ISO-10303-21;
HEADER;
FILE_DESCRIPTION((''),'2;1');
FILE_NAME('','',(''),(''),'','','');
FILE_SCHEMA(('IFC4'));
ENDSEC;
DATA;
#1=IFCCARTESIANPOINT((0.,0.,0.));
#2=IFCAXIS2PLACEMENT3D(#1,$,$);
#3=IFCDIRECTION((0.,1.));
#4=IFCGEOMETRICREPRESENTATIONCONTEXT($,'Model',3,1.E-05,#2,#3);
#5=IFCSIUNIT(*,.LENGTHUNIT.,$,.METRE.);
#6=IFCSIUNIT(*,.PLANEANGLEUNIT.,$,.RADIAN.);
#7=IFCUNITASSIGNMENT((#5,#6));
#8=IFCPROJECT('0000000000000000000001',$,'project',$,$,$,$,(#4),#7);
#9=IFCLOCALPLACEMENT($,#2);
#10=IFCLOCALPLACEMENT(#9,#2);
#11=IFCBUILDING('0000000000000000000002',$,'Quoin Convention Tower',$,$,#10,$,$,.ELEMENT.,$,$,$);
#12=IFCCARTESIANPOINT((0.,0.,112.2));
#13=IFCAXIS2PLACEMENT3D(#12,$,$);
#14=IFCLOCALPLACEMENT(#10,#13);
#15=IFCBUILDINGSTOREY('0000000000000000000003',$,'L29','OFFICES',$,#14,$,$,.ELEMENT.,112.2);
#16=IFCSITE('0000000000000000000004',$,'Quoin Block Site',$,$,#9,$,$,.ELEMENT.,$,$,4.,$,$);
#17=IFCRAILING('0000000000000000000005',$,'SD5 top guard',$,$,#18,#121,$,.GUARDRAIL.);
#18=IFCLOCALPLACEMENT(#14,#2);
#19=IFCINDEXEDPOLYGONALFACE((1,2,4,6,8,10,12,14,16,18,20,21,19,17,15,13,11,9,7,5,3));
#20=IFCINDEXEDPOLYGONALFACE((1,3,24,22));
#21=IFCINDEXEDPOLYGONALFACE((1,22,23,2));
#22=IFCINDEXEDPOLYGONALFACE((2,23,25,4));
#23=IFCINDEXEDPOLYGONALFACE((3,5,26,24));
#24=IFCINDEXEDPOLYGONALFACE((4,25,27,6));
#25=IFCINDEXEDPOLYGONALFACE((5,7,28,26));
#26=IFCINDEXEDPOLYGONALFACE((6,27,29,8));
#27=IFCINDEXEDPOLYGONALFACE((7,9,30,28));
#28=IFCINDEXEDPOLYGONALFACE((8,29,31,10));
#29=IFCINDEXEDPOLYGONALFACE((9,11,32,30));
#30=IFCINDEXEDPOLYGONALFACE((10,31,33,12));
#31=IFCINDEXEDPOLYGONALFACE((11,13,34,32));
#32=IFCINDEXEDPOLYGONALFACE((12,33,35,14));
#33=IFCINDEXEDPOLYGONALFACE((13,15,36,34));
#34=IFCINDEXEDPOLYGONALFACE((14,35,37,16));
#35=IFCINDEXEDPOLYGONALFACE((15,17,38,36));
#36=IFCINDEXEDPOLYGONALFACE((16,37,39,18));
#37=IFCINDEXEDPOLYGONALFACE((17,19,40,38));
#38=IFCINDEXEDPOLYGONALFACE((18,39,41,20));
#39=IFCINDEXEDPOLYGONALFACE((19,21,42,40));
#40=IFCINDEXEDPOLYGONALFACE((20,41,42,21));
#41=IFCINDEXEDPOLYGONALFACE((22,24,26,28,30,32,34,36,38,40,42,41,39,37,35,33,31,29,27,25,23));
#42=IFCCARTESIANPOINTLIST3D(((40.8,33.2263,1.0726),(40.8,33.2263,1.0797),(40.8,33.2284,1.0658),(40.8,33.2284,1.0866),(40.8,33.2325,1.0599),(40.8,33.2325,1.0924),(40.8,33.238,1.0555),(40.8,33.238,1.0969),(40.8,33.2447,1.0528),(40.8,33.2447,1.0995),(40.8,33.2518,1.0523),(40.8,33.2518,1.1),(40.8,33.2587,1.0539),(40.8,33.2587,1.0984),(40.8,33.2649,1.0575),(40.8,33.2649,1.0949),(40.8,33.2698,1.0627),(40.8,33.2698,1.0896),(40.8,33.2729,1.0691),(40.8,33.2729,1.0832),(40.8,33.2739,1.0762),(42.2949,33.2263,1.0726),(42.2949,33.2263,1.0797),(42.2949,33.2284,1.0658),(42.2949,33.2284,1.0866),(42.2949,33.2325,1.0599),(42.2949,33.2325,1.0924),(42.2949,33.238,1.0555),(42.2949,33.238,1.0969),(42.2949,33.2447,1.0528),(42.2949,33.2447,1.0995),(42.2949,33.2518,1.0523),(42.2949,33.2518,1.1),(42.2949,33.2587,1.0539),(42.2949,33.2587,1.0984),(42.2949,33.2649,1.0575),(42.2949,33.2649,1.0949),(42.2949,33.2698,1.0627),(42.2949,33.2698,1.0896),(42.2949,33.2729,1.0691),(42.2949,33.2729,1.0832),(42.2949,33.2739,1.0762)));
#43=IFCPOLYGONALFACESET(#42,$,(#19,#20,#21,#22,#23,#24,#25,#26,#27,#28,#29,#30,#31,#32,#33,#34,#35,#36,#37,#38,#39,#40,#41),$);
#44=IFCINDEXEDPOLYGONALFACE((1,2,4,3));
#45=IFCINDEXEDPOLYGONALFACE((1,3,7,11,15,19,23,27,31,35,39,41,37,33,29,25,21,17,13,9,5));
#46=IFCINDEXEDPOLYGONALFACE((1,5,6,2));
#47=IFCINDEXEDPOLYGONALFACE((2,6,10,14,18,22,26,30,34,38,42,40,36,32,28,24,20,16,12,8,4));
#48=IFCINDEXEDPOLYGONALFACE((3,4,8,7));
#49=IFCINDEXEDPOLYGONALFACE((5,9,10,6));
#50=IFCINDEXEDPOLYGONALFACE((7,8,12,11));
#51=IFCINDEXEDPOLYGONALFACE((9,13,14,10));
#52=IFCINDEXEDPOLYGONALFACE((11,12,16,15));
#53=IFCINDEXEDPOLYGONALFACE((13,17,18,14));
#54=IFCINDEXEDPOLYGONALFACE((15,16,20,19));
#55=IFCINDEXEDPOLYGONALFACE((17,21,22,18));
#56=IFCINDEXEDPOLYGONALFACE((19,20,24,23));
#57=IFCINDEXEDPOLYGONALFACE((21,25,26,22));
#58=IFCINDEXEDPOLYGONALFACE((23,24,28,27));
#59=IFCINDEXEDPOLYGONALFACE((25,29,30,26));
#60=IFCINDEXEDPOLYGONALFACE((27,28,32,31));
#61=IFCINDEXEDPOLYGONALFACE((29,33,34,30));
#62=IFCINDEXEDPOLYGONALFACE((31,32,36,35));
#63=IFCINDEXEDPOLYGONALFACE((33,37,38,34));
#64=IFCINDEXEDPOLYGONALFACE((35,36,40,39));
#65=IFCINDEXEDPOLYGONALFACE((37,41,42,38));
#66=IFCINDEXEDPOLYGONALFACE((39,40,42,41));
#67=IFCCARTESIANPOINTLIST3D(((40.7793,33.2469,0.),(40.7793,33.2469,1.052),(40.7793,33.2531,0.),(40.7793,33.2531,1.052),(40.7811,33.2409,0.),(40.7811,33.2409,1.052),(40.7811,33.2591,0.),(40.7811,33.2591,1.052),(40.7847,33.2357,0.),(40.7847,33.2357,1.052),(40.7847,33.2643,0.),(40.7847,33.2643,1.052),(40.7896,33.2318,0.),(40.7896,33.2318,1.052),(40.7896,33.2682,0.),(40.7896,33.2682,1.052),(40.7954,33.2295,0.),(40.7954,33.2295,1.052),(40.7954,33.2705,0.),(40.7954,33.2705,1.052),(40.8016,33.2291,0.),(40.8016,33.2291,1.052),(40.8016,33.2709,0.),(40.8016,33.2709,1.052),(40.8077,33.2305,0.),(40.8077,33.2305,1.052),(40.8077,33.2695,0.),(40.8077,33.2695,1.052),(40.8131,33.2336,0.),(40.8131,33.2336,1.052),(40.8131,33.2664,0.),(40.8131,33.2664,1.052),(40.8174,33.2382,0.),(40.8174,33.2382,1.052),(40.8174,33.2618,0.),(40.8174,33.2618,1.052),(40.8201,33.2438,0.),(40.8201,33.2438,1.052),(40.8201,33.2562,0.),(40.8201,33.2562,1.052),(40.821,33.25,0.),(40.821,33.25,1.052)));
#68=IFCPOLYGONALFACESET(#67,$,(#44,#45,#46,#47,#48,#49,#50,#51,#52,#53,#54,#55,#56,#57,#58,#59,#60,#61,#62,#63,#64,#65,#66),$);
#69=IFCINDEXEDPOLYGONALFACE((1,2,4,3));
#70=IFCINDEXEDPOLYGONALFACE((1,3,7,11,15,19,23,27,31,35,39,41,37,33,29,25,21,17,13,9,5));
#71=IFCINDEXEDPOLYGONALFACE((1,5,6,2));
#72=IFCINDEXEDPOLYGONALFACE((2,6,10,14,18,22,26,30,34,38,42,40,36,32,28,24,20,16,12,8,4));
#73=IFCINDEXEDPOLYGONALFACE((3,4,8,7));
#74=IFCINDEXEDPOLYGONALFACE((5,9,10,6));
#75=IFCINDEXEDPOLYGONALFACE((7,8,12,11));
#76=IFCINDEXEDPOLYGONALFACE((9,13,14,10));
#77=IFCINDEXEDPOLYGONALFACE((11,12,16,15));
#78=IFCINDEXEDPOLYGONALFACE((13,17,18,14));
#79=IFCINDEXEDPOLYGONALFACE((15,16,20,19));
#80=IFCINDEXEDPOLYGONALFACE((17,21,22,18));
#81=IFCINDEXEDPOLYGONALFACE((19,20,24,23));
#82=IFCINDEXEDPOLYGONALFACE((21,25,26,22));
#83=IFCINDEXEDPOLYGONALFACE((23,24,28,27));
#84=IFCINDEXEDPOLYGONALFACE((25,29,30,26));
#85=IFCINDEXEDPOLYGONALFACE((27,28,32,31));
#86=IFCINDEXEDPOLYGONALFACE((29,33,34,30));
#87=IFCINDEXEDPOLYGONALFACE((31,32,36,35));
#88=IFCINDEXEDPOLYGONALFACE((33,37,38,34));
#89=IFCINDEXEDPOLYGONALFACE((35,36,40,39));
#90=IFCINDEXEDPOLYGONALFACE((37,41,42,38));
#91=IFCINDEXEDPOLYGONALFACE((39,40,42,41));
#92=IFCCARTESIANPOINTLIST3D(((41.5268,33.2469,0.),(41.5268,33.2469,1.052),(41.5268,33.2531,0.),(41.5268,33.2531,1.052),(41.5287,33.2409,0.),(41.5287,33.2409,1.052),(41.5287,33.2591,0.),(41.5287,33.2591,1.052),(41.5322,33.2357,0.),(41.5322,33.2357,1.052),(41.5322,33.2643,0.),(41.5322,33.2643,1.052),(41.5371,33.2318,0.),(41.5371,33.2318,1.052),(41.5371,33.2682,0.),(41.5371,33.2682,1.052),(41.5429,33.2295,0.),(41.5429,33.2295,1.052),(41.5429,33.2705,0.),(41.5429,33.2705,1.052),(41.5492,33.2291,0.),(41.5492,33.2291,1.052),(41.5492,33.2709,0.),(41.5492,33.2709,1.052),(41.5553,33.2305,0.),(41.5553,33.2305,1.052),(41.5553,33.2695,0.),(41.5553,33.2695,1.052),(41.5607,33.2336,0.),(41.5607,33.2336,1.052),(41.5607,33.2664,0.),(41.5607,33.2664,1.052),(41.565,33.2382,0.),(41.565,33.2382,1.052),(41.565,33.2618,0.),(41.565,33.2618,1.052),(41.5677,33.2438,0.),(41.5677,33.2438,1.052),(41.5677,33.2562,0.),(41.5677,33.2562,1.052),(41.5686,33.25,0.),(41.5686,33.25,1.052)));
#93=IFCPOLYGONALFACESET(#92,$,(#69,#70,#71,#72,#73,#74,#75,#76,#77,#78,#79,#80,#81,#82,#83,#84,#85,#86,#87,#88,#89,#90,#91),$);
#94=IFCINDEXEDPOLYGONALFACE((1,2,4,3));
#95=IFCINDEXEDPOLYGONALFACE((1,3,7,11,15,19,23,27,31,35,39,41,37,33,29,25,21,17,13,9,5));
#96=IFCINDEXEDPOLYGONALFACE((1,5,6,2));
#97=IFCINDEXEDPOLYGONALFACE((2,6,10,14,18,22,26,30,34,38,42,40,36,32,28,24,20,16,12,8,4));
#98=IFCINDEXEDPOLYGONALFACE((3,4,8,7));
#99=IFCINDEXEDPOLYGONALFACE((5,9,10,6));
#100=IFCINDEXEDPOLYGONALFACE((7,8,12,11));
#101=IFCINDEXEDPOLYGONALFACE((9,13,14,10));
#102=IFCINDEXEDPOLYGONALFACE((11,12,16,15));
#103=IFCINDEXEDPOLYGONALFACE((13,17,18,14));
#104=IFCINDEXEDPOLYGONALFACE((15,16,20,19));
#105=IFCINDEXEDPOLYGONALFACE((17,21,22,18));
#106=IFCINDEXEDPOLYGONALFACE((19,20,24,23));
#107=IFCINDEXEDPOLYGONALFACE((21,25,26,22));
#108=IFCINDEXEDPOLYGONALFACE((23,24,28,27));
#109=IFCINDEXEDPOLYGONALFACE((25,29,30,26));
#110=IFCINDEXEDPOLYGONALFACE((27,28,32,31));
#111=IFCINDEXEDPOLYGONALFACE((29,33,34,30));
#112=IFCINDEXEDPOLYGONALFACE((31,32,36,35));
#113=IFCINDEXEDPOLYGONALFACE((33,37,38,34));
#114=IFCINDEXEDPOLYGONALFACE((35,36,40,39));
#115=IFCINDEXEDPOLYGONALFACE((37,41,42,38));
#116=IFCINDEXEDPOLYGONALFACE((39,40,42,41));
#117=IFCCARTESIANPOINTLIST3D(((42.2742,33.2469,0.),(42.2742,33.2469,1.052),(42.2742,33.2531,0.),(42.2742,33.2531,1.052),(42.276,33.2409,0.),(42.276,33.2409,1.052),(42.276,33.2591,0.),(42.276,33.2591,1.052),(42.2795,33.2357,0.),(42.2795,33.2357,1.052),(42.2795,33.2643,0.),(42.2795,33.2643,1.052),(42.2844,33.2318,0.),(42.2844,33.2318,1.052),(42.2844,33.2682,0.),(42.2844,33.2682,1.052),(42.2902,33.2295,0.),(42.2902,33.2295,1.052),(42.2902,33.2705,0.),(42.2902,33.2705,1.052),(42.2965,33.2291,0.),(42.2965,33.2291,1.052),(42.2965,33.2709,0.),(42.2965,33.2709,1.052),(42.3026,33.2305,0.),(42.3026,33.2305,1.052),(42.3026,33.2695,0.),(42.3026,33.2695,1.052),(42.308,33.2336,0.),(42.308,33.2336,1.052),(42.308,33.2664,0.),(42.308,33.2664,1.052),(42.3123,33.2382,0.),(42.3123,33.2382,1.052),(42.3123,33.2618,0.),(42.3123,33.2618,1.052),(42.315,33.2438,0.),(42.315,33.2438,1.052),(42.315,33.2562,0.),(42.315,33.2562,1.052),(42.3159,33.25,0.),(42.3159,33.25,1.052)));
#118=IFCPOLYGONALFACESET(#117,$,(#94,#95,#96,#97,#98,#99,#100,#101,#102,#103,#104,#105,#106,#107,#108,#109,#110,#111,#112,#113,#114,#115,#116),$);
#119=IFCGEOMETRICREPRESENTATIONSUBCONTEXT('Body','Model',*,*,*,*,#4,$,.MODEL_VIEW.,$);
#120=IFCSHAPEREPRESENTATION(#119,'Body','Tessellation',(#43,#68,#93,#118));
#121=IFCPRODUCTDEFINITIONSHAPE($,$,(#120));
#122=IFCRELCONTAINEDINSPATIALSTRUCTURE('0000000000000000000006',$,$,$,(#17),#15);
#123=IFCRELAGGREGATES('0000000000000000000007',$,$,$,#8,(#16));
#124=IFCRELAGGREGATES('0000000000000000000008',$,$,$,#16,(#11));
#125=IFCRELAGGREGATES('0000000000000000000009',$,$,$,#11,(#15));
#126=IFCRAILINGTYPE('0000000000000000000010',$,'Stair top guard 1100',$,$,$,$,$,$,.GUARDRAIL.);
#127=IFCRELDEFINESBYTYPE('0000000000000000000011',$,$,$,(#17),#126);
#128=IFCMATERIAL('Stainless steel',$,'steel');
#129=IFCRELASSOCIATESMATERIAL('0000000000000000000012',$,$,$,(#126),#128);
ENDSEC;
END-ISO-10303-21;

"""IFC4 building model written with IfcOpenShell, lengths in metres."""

from ifc_helpers import new_model, si_unit, direction, frame, origin, origin_2d, place, context, subcontext, project, spatial, circle, extrude, material, type_object, element, save


model = new_model("IFC4")

# Units and contexts
model_context = context("Model", 3, precision=1e-05, world=origin(), true_north=direction((0.0, 1.0)))
body_context = subcontext(model_context, "Body", "Model", "MODEL_VIEW")
ifc_project = project(units=[si_unit("LENGTHUNIT", "METRE"), si_unit("PLANEANGLEUNIT", "RADIAN")], contexts=[model_context])

# Site, building, storey
site_placement = place(None, origin())
site = spatial("IfcSite", under=ifc_project, at=site_placement, Name="Quoin Block Site", CompositionType="ELEMENT", RefElevation=4.0)
building_placement = place(site_placement, origin())
building = spatial("IfcBuilding", under=site, at=building_placement, Name="Quoin Convention Tower", CompositionType="ELEMENT")
storey_placement = place(building_placement, frame((0.0, 0.0, 112.2)))
storey = spatial("IfcBuildingStorey", under=building, at=storey_placement, Name="L29", Description="OFFICES", CompositionType="ELEMENT", Elevation=112.2)

# Railing
ifc_material_1 = material(Name="Stainless steel", Category="steel")
railing_type_1 = type_object("IfcRailingType", Name="Stair top guard 1100", PredefinedType="GUARDRAIL", material=ifc_material_1)
railing_1_placement = place(storey_placement, frame((40.8, 33.25, 0.0)))
element("IfcRailing", 1, at=railing_1_placement, inside=storey, type_object=railing_type_1, Name="SD5 top guard", PredefinedType="GUARDRAIL", context=body_context, shape_type="SweptSolid", body=[
    extrude(circle(Radius=0.0239, at=origin_2d()), frame((0.0, 0.0, 1.0762), z_axis=(1.0, 0.0, 0.0), x_axis=(0.0, 1.0, 0.0)), (0.0, 0.0, 1.0), 1.4949),
    extrude(circle(Radius=0.021, at=origin_2d()), origin(), (0.0, 0.0, 1.0), 1.052),
    extrude(circle(Radius=0.021, at=origin_2d()), frame((0.7476, 0.0, 0.0)), (0.0, 0.0, 1.0), 1.052),
    extrude(circle(Radius=0.021, at=origin_2d()), frame((1.4949, 0.0, 0.0)), (0.0, 0.0, 1.0), 1.052),
])

save(model, "model.ifc")
